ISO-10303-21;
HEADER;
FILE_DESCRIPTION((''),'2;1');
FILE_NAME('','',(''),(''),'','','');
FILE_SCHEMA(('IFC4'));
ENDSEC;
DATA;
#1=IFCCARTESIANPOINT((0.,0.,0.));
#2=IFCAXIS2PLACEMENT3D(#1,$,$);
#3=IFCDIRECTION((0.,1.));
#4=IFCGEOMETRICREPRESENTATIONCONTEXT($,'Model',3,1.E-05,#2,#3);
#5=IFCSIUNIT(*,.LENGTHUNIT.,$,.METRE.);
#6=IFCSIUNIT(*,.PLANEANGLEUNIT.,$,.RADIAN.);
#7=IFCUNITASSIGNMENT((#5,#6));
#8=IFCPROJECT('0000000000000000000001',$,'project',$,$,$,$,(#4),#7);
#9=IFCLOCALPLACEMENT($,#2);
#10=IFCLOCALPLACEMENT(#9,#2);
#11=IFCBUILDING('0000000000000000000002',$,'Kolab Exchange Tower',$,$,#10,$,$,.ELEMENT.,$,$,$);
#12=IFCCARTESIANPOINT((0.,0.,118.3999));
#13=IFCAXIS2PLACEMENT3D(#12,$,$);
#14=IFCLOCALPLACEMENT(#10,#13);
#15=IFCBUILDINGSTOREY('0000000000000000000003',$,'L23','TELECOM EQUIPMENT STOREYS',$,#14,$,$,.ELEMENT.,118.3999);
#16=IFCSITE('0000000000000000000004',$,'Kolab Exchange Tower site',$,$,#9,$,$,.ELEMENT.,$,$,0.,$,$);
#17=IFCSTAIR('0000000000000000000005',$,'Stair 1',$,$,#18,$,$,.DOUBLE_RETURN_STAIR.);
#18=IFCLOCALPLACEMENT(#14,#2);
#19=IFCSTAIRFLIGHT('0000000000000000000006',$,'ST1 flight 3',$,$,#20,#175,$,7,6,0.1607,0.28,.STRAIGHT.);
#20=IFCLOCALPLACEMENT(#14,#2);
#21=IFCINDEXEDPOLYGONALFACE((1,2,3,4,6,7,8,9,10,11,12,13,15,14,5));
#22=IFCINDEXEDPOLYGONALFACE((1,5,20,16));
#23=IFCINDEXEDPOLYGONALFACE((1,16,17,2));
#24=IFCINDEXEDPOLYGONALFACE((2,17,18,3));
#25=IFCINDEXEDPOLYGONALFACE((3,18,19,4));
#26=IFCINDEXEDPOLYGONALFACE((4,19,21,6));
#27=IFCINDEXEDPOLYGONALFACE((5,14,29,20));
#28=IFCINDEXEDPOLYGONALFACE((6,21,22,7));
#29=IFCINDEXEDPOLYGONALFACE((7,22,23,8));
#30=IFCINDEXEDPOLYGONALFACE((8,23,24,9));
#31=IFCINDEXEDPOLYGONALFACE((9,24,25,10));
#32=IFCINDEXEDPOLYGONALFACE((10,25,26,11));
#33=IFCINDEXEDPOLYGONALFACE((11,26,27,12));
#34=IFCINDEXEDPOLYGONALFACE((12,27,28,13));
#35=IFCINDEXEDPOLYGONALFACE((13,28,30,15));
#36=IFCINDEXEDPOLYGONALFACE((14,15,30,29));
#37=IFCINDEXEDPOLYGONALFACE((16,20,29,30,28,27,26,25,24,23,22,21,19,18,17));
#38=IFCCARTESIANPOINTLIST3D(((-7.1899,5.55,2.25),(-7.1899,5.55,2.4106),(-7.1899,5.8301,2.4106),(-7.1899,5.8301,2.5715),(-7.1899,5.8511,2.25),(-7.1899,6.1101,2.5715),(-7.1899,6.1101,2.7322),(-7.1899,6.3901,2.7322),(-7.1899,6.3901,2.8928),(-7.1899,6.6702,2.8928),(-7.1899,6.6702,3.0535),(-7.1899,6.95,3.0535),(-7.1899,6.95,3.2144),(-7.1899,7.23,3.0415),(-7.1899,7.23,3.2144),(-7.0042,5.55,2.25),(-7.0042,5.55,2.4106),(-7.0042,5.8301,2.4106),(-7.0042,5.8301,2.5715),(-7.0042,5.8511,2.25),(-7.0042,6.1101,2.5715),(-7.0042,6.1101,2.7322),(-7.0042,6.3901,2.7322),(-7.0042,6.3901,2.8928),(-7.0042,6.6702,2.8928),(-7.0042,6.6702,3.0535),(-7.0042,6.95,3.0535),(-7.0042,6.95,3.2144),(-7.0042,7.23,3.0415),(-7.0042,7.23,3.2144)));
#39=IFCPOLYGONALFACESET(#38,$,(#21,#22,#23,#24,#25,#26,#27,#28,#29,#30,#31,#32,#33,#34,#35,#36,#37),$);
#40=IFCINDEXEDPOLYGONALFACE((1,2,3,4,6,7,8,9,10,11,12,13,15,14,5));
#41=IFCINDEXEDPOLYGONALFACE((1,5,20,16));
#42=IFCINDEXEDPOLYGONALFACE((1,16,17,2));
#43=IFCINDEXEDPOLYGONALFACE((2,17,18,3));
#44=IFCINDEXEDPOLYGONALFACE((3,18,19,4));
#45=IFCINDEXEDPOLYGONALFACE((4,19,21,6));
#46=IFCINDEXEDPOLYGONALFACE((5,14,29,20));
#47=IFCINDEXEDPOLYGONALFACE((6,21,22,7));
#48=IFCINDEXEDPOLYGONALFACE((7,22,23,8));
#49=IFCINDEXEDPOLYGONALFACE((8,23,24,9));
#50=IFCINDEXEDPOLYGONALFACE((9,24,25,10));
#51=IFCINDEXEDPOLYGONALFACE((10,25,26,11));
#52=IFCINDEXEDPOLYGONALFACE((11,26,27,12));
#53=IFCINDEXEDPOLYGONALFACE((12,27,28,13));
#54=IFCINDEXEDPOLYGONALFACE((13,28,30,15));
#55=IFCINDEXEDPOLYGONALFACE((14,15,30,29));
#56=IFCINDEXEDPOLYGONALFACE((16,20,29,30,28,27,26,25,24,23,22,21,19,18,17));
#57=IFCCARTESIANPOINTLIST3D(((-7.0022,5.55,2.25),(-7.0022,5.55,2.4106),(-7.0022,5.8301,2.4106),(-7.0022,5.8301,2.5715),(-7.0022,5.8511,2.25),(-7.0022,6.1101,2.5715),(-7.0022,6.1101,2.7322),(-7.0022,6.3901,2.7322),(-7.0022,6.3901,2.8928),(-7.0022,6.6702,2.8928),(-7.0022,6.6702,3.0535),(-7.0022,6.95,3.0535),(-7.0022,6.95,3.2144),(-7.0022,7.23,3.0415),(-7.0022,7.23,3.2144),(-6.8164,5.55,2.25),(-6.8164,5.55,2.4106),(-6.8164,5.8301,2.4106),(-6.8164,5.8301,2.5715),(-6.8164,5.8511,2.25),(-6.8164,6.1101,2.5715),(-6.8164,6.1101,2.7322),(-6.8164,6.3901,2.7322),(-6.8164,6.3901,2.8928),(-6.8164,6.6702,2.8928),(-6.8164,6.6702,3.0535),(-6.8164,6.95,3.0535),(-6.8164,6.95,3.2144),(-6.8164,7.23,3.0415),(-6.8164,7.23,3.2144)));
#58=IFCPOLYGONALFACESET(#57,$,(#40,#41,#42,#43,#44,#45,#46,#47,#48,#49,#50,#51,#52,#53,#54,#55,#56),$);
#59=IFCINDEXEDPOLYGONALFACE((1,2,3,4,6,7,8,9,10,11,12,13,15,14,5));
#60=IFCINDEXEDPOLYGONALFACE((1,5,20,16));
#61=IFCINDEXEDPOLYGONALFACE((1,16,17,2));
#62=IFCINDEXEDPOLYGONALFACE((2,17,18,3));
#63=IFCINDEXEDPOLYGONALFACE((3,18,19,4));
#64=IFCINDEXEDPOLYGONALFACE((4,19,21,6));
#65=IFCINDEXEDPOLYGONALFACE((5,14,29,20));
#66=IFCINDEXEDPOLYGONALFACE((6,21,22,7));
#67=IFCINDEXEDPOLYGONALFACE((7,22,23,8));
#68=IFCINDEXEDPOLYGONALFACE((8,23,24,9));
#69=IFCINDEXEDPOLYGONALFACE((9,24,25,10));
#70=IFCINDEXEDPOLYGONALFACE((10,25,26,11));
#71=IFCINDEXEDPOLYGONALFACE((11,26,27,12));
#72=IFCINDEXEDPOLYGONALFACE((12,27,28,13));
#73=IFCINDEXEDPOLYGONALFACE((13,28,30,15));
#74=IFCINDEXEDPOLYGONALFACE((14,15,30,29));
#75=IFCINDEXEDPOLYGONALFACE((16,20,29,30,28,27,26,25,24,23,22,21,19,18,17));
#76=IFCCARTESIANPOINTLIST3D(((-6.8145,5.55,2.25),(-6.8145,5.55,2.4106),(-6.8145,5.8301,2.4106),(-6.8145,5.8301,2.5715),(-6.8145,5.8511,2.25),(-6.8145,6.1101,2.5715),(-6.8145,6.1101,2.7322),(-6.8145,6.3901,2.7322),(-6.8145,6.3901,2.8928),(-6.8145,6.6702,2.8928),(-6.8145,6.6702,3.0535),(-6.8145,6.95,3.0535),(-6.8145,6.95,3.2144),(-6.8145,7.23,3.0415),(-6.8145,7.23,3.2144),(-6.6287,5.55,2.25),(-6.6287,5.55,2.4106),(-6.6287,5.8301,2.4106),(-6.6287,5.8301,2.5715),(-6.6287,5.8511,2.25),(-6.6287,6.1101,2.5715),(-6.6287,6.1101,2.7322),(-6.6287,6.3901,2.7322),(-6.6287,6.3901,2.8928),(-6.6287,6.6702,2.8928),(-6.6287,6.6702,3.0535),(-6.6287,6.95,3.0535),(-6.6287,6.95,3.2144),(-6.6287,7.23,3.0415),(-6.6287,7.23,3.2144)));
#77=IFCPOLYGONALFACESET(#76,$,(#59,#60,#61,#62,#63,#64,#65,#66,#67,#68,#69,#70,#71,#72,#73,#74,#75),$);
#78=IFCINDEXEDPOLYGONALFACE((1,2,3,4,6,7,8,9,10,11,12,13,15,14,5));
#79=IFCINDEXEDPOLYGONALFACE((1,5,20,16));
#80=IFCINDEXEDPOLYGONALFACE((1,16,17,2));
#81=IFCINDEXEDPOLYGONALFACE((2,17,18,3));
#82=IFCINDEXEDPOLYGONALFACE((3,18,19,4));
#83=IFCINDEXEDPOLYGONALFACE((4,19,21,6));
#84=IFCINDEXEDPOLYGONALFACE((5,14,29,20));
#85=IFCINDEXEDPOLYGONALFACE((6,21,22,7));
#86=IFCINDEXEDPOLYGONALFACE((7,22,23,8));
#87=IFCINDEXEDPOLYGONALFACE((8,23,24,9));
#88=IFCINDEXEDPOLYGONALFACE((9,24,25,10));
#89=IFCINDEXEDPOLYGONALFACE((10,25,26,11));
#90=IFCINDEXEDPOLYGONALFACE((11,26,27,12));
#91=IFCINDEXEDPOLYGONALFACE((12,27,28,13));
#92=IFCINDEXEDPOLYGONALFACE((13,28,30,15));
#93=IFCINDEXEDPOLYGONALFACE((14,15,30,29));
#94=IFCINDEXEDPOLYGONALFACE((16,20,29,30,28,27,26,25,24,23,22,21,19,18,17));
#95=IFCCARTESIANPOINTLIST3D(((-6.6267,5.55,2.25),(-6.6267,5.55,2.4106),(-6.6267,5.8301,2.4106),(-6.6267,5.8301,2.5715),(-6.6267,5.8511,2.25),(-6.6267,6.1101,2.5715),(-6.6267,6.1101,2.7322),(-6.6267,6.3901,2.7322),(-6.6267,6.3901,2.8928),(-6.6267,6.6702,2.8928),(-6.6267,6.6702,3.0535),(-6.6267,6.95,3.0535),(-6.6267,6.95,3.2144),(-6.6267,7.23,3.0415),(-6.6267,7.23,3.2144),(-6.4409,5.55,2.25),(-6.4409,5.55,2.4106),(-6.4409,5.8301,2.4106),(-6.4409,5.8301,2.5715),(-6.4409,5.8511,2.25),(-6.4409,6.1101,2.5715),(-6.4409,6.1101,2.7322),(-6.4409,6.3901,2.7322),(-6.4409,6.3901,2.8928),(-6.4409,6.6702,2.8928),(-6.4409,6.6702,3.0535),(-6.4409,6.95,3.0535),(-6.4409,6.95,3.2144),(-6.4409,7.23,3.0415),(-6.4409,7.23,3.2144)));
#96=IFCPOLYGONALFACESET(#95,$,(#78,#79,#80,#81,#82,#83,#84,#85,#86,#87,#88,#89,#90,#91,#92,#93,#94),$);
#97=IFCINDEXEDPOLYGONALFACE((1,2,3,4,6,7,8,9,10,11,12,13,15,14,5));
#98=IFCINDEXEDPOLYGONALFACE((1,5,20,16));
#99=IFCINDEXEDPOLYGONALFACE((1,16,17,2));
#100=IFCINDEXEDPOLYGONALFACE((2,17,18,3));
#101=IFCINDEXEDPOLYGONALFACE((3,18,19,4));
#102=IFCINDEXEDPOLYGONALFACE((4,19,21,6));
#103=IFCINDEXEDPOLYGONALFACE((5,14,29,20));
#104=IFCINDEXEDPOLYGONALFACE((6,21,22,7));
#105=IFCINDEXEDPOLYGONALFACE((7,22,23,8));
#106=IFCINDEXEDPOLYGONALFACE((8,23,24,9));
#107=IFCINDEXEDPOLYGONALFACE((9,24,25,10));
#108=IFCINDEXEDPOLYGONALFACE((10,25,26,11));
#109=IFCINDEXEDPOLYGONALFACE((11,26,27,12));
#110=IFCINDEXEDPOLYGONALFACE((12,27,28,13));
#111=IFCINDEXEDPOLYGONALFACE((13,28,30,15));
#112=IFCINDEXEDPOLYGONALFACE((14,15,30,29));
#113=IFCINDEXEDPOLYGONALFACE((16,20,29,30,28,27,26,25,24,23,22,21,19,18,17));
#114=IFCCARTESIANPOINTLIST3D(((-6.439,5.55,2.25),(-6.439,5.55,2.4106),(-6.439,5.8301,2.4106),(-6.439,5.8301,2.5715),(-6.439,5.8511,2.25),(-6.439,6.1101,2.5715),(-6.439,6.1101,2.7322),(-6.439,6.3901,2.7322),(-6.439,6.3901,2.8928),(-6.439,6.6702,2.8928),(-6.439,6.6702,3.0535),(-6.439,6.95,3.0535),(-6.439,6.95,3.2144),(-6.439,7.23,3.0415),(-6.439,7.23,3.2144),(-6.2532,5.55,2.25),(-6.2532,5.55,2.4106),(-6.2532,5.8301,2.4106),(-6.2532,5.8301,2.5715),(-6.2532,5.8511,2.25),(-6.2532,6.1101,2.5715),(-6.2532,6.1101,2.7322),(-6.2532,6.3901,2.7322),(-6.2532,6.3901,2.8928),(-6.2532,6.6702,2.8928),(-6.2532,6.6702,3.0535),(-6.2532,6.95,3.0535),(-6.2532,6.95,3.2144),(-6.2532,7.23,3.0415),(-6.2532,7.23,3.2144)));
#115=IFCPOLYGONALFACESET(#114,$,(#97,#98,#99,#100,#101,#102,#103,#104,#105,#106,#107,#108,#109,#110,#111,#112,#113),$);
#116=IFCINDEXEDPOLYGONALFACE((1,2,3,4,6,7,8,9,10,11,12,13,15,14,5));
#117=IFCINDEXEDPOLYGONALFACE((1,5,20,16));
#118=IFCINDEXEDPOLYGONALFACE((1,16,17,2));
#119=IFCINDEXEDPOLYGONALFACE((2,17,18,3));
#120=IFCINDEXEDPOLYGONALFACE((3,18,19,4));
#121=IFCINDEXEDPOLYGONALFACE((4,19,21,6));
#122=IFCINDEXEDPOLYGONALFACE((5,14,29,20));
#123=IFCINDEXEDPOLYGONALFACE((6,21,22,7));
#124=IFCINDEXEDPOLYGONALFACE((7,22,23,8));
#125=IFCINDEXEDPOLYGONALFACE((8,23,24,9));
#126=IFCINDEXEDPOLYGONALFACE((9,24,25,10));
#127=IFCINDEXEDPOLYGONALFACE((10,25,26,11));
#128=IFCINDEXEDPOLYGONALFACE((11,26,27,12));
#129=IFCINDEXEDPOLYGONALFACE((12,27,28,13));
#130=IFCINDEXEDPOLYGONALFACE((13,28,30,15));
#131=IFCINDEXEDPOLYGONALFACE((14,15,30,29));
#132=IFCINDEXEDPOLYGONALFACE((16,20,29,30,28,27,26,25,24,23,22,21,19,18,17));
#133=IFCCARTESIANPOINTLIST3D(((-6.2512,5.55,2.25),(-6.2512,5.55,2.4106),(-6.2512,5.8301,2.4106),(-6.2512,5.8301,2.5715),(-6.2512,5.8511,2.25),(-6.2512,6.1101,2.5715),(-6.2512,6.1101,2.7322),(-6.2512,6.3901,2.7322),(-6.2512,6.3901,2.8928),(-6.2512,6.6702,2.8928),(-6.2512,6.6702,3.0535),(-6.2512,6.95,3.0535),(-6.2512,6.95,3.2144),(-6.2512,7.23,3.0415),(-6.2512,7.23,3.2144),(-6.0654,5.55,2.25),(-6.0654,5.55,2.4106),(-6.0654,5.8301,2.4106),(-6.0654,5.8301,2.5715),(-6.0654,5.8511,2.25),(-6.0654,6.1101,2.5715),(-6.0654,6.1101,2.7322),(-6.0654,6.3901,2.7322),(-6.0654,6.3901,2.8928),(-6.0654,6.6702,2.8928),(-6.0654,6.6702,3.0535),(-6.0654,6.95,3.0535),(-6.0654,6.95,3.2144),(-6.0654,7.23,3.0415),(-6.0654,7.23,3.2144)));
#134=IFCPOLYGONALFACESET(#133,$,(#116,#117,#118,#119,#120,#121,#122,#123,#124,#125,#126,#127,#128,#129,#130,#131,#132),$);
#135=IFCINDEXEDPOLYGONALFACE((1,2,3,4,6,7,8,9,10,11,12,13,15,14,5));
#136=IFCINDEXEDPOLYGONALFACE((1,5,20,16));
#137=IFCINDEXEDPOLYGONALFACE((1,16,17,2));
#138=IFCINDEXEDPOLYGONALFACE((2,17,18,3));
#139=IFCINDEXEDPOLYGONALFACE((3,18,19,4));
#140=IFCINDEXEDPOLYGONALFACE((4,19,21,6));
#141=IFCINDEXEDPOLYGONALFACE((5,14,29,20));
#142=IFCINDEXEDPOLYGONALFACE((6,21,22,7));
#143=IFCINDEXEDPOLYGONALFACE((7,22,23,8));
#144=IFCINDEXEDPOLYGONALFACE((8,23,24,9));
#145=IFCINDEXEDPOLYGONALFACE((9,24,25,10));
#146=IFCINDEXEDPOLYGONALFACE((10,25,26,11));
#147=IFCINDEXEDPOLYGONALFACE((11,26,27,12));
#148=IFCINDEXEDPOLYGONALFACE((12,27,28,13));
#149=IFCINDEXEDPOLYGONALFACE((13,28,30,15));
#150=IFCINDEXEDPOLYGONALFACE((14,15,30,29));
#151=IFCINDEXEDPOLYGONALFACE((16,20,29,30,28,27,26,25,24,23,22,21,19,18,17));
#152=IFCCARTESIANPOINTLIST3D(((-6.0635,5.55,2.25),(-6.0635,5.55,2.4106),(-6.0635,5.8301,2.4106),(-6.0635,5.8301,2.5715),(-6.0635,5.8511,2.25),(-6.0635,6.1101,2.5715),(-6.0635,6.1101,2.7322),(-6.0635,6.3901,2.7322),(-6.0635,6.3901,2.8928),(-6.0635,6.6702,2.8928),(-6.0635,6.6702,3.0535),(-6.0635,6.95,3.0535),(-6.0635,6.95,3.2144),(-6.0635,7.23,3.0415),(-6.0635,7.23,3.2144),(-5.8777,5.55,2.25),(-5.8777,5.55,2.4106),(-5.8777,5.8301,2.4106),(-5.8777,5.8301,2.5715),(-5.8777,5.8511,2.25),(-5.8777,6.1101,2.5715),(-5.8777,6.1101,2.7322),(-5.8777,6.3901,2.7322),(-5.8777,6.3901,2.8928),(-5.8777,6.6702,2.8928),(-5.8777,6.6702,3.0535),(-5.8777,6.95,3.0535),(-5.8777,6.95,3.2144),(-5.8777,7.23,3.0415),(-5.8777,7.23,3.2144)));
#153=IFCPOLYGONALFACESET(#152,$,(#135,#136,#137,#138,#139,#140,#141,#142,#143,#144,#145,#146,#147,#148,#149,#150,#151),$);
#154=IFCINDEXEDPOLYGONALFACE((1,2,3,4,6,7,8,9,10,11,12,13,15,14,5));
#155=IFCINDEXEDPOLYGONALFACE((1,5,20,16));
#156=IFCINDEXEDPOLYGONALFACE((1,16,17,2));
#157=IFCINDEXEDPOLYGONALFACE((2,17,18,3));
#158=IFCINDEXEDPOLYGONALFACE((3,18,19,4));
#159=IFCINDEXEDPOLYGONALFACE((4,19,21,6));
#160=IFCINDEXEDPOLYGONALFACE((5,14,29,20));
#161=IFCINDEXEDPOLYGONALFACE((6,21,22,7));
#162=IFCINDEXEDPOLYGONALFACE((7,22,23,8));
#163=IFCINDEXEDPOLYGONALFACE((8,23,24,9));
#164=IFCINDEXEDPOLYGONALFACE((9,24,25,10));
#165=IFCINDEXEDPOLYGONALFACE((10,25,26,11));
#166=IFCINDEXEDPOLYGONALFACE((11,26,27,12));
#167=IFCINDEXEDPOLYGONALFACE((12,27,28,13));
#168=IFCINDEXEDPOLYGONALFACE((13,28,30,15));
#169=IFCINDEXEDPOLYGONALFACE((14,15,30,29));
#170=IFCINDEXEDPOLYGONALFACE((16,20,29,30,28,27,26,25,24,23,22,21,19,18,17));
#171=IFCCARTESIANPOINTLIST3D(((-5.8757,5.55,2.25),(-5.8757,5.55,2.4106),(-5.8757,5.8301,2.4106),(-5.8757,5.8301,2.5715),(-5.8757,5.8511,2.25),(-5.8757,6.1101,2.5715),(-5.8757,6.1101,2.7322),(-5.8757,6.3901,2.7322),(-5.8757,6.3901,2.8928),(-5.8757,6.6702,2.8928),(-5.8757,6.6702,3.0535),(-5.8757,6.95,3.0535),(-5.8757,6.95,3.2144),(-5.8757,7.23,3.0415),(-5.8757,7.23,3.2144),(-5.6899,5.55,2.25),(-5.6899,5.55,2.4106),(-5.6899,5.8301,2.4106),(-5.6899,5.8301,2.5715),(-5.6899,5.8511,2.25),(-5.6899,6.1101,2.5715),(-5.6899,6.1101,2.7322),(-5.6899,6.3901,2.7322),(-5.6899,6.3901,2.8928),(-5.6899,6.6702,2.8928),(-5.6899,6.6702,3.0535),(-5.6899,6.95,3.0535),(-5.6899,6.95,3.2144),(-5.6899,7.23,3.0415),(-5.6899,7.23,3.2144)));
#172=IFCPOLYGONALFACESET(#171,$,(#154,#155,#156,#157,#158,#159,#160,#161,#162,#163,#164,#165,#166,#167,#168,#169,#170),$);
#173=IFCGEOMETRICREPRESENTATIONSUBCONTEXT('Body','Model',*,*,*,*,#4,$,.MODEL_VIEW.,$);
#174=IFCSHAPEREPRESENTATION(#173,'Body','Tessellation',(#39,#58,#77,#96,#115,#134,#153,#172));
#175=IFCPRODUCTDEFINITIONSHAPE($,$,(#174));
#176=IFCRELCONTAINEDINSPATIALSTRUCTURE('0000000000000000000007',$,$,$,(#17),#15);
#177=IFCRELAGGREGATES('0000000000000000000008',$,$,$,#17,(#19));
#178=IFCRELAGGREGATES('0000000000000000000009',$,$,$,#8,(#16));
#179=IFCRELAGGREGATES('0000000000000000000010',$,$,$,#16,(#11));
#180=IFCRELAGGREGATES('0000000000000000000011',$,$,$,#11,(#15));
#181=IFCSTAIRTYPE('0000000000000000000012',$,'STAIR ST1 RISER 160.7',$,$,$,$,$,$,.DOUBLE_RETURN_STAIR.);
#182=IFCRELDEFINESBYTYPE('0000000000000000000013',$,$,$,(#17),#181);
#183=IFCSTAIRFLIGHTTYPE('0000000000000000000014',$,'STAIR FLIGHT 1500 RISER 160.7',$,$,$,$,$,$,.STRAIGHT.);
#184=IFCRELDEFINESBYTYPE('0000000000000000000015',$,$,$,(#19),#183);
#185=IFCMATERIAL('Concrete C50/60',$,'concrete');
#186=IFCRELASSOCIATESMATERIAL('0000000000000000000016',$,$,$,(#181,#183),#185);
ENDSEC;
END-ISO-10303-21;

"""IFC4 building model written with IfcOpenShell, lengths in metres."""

from ifc_helpers import new_model, si_unit, direction, frame, origin, place, context, subcontext, project, spatial, polyline, outline, extrude, material, type_object, element, aggregate, save


model = new_model("IFC4")

# Units and contexts
model_context = context("Model", 3, precision=1e-05, world=origin(), true_north=direction((0.0, 1.0)))
body_context = subcontext(model_context, "Body", "Model", "MODEL_VIEW")
ifc_project = project(units=[si_unit("LENGTHUNIT", "METRE"), si_unit("PLANEANGLEUNIT", "RADIAN")], contexts=[model_context])

# Site, building, storey
site_placement = place(None, origin())
site = spatial("IfcSite", under=ifc_project, at=site_placement, Name="Kolab Exchange Tower site", CompositionType="ELEMENT", RefElevation=0.0)
building_placement = place(site_placement, origin())
building = spatial("IfcBuilding", under=site, at=building_placement, Name="Kolab Exchange Tower", CompositionType="ELEMENT")
storey_placement = place(building_placement, frame((0.0, 0.0, 118.3999)))
storey = spatial("IfcBuildingStorey", under=building, at=storey_placement, Name="L23", Description="TELECOM EQUIPMENT STOREYS", CompositionType="ELEMENT", Elevation=118.3999)

# Shared definitions
ifc_material_1 = material(Name="Concrete C50/60", Category="concrete")

# Stair, stair flight
stair_type = type_object("IfcStairType", Name="STAIR ST1 RISER 160.7", PredefinedType="DOUBLE_RETURN_STAIR", material=ifc_material_1)
stair_placement = place(storey_placement, origin())
stair = element("IfcStair", 1, at=stair_placement, inside=storey, type_object=stair_type, Name="Stair 1", PredefinedType="DOUBLE_RETURN_STAIR")
stair_flight_type = type_object("IfcStairFlightType", Name="STAIR FLIGHT 1500 RISER 160.7", PredefinedType="STRAIGHT", material=ifc_material_1)
stair_flight_1_placement = place(storey_placement, frame((-6.4399, 5.55, 2.25), z_axis=(0.0, 0.0, 1.0), x_axis=(0.0, 1.0, 0.0)))
stair_flight_1 = element("IfcStairFlight", 2, at=stair_flight_1_placement, type_object=stair_flight_type, Name="ST1 flight 3", NumberOfRisers=7, NumberOfTreads=6, PredefinedType="STRAIGHT", RiserHeight=0.1607, TreadLength=0.28, context=body_context, shape_type="SweptSolid", body=[
    extrude(outline(polyline([(0.0, 0.0), (0.0, 0.1606), (0.28, 0.1606), (0.28, 0.3215), (0.5601, 0.3215), (0.5601, 0.4822), (0.8401, 0.4822), (0.8401, 0.6428), (1.1201, 0.6428), (1.1201, 0.8035), (1.3999, 0.8035), (1.3999, 0.9644), (1.6799, 0.9644), (1.6799, 1.125), (1.6799, 0.7915), (0.301, 0.0), (0.0, 0.0)])), frame((0.0, 0.75, 0.0), z_axis=(0.0, -1.0, 0.0), x_axis=(1.0, 0.0, 0.0)), (0.0, 0.0, 1.0), 0.1858),
    extrude(outline(polyline([(0.0, 0.0), (0.0, 0.1606), (0.28, 0.1606), (0.28, 0.3215), (0.5601, 0.3215), (0.5601, 0.4822), (0.8401, 0.4822), (0.8401, 0.6428), (1.1201, 0.6428), (1.1201, 0.8035), (1.3999, 0.8035), (1.3999, 0.9644), (1.6799, 0.9644), (1.6799, 1.125), (1.6799, 0.7915), (0.301, 0.0), (0.0, 0.0)])), frame((0.0, 0.5623, 0.0), z_axis=(0.0, -1.0, 0.0), x_axis=(1.0, 0.0, 0.0)), (0.0, 0.0, 1.0), 0.1858),
    extrude(outline(polyline([(0.0, 0.0), (0.0, 0.1606), (0.28, 0.1606), (0.28, 0.3215), (0.5601, 0.3215), (0.5601, 0.4822), (0.8401, 0.4822), (0.8401, 0.6428), (1.1201, 0.6428), (1.1201, 0.8035), (1.3999, 0.8035), (1.3999, 0.9644), (1.6799, 0.9644), (1.6799, 1.125), (1.6799, 0.7915), (0.301, 0.0), (0.0, 0.0)])), frame((0.0, 0.3745, 0.0), z_axis=(0.0, -1.0, 0.0), x_axis=(1.0, 0.0, 0.0)), (0.0, 0.0, 1.0), 0.1858),
    extrude(outline(polyline([(0.0, 0.0), (0.0, 0.1606), (0.28, 0.1606), (0.28, 0.3215), (0.5601, 0.3215), (0.5601, 0.4822), (0.8401, 0.4822), (0.8401, 0.6428), (1.1201, 0.6428), (1.1201, 0.8035), (1.3999, 0.8035), (1.3999, 0.9644), (1.6799, 0.9644), (1.6799, 1.125), (1.6799, 0.7915), (0.301, 0.0), (0.0, 0.0)])), frame((0.0, 0.1868, 0.0), z_axis=(0.0, -1.0, 0.0), x_axis=(1.0, 0.0, 0.0)), (0.0, 0.0, 1.0), 0.1858),
    extrude(outline(polyline([(0.0, 0.0), (0.0, 0.1606), (0.28, 0.1606), (0.28, 0.3215), (0.5601, 0.3215), (0.5601, 0.4822), (0.8401, 0.4822), (0.8401, 0.6428), (1.1201, 0.6428), (1.1201, 0.8035), (1.3999, 0.8035), (1.3999, 0.9644), (1.6799, 0.9644), (1.6799, 1.125), (1.6799, 0.7915), (0.301, 0.0), (0.0, 0.0)])), frame((0.0, -0.001, 0.0), z_axis=(0.0, -1.0, 0.0), x_axis=(1.0, 0.0, 0.0)), (0.0, 0.0, 1.0), 0.1858),
    extrude(outline(polyline([(0.0, 0.0), (0.0, 0.1606), (0.28, 0.1606), (0.28, 0.3215), (0.5601, 0.3215), (0.5601, 0.4822), (0.8401, 0.4822), (0.8401, 0.6428), (1.1201, 0.6428), (1.1201, 0.8035), (1.3999, 0.8035), (1.3999, 0.9644), (1.6799, 0.9644), (1.6799, 1.125), (1.6799, 0.7915), (0.301, 0.0), (0.0, 0.0)])), frame((0.0, -0.1887, 0.0), z_axis=(0.0, -1.0, 0.0), x_axis=(1.0, 0.0, 0.0)), (0.0, 0.0, 1.0), 0.1858),
    extrude(outline(polyline([(0.0, 0.0), (0.0, 0.1606), (0.28, 0.1606), (0.28, 0.3215), (0.5601, 0.3215), (0.5601, 0.4822), (0.8401, 0.4822), (0.8401, 0.6428), (1.1201, 0.6428), (1.1201, 0.8035), (1.3999, 0.8035), (1.3999, 0.9644), (1.6799, 0.9644), (1.6799, 1.125), (1.6799, 0.7915), (0.301, 0.0), (0.0, 0.0)])), frame((0.0, -0.3765, 0.0), z_axis=(0.0, -1.0, 0.0), x_axis=(1.0, 0.0, 0.0)), (0.0, 0.0, 1.0), 0.1858),
    extrude(outline(polyline([(0.0, 0.0), (0.0, 0.1606), (0.28, 0.1606), (0.28, 0.3215), (0.5601, 0.3215), (0.5601, 0.4822), (0.8401, 0.4822), (0.8401, 0.6428), (1.1201, 0.6428), (1.1201, 0.8035), (1.3999, 0.8035), (1.3999, 0.9644), (1.6799, 0.9644), (1.6799, 1.125), (1.6799, 0.7915), (0.301, 0.0), (0.0, 0.0)])), frame((0.0, -0.5642, 0.0), z_axis=(0.0, -1.0, 0.0), x_axis=(1.0, 0.0, 0.0)), (0.0, 0.0, 1.0), 0.1858),
])
aggregate(stair, [stair_flight_1])

save(model, "model.ifc")
